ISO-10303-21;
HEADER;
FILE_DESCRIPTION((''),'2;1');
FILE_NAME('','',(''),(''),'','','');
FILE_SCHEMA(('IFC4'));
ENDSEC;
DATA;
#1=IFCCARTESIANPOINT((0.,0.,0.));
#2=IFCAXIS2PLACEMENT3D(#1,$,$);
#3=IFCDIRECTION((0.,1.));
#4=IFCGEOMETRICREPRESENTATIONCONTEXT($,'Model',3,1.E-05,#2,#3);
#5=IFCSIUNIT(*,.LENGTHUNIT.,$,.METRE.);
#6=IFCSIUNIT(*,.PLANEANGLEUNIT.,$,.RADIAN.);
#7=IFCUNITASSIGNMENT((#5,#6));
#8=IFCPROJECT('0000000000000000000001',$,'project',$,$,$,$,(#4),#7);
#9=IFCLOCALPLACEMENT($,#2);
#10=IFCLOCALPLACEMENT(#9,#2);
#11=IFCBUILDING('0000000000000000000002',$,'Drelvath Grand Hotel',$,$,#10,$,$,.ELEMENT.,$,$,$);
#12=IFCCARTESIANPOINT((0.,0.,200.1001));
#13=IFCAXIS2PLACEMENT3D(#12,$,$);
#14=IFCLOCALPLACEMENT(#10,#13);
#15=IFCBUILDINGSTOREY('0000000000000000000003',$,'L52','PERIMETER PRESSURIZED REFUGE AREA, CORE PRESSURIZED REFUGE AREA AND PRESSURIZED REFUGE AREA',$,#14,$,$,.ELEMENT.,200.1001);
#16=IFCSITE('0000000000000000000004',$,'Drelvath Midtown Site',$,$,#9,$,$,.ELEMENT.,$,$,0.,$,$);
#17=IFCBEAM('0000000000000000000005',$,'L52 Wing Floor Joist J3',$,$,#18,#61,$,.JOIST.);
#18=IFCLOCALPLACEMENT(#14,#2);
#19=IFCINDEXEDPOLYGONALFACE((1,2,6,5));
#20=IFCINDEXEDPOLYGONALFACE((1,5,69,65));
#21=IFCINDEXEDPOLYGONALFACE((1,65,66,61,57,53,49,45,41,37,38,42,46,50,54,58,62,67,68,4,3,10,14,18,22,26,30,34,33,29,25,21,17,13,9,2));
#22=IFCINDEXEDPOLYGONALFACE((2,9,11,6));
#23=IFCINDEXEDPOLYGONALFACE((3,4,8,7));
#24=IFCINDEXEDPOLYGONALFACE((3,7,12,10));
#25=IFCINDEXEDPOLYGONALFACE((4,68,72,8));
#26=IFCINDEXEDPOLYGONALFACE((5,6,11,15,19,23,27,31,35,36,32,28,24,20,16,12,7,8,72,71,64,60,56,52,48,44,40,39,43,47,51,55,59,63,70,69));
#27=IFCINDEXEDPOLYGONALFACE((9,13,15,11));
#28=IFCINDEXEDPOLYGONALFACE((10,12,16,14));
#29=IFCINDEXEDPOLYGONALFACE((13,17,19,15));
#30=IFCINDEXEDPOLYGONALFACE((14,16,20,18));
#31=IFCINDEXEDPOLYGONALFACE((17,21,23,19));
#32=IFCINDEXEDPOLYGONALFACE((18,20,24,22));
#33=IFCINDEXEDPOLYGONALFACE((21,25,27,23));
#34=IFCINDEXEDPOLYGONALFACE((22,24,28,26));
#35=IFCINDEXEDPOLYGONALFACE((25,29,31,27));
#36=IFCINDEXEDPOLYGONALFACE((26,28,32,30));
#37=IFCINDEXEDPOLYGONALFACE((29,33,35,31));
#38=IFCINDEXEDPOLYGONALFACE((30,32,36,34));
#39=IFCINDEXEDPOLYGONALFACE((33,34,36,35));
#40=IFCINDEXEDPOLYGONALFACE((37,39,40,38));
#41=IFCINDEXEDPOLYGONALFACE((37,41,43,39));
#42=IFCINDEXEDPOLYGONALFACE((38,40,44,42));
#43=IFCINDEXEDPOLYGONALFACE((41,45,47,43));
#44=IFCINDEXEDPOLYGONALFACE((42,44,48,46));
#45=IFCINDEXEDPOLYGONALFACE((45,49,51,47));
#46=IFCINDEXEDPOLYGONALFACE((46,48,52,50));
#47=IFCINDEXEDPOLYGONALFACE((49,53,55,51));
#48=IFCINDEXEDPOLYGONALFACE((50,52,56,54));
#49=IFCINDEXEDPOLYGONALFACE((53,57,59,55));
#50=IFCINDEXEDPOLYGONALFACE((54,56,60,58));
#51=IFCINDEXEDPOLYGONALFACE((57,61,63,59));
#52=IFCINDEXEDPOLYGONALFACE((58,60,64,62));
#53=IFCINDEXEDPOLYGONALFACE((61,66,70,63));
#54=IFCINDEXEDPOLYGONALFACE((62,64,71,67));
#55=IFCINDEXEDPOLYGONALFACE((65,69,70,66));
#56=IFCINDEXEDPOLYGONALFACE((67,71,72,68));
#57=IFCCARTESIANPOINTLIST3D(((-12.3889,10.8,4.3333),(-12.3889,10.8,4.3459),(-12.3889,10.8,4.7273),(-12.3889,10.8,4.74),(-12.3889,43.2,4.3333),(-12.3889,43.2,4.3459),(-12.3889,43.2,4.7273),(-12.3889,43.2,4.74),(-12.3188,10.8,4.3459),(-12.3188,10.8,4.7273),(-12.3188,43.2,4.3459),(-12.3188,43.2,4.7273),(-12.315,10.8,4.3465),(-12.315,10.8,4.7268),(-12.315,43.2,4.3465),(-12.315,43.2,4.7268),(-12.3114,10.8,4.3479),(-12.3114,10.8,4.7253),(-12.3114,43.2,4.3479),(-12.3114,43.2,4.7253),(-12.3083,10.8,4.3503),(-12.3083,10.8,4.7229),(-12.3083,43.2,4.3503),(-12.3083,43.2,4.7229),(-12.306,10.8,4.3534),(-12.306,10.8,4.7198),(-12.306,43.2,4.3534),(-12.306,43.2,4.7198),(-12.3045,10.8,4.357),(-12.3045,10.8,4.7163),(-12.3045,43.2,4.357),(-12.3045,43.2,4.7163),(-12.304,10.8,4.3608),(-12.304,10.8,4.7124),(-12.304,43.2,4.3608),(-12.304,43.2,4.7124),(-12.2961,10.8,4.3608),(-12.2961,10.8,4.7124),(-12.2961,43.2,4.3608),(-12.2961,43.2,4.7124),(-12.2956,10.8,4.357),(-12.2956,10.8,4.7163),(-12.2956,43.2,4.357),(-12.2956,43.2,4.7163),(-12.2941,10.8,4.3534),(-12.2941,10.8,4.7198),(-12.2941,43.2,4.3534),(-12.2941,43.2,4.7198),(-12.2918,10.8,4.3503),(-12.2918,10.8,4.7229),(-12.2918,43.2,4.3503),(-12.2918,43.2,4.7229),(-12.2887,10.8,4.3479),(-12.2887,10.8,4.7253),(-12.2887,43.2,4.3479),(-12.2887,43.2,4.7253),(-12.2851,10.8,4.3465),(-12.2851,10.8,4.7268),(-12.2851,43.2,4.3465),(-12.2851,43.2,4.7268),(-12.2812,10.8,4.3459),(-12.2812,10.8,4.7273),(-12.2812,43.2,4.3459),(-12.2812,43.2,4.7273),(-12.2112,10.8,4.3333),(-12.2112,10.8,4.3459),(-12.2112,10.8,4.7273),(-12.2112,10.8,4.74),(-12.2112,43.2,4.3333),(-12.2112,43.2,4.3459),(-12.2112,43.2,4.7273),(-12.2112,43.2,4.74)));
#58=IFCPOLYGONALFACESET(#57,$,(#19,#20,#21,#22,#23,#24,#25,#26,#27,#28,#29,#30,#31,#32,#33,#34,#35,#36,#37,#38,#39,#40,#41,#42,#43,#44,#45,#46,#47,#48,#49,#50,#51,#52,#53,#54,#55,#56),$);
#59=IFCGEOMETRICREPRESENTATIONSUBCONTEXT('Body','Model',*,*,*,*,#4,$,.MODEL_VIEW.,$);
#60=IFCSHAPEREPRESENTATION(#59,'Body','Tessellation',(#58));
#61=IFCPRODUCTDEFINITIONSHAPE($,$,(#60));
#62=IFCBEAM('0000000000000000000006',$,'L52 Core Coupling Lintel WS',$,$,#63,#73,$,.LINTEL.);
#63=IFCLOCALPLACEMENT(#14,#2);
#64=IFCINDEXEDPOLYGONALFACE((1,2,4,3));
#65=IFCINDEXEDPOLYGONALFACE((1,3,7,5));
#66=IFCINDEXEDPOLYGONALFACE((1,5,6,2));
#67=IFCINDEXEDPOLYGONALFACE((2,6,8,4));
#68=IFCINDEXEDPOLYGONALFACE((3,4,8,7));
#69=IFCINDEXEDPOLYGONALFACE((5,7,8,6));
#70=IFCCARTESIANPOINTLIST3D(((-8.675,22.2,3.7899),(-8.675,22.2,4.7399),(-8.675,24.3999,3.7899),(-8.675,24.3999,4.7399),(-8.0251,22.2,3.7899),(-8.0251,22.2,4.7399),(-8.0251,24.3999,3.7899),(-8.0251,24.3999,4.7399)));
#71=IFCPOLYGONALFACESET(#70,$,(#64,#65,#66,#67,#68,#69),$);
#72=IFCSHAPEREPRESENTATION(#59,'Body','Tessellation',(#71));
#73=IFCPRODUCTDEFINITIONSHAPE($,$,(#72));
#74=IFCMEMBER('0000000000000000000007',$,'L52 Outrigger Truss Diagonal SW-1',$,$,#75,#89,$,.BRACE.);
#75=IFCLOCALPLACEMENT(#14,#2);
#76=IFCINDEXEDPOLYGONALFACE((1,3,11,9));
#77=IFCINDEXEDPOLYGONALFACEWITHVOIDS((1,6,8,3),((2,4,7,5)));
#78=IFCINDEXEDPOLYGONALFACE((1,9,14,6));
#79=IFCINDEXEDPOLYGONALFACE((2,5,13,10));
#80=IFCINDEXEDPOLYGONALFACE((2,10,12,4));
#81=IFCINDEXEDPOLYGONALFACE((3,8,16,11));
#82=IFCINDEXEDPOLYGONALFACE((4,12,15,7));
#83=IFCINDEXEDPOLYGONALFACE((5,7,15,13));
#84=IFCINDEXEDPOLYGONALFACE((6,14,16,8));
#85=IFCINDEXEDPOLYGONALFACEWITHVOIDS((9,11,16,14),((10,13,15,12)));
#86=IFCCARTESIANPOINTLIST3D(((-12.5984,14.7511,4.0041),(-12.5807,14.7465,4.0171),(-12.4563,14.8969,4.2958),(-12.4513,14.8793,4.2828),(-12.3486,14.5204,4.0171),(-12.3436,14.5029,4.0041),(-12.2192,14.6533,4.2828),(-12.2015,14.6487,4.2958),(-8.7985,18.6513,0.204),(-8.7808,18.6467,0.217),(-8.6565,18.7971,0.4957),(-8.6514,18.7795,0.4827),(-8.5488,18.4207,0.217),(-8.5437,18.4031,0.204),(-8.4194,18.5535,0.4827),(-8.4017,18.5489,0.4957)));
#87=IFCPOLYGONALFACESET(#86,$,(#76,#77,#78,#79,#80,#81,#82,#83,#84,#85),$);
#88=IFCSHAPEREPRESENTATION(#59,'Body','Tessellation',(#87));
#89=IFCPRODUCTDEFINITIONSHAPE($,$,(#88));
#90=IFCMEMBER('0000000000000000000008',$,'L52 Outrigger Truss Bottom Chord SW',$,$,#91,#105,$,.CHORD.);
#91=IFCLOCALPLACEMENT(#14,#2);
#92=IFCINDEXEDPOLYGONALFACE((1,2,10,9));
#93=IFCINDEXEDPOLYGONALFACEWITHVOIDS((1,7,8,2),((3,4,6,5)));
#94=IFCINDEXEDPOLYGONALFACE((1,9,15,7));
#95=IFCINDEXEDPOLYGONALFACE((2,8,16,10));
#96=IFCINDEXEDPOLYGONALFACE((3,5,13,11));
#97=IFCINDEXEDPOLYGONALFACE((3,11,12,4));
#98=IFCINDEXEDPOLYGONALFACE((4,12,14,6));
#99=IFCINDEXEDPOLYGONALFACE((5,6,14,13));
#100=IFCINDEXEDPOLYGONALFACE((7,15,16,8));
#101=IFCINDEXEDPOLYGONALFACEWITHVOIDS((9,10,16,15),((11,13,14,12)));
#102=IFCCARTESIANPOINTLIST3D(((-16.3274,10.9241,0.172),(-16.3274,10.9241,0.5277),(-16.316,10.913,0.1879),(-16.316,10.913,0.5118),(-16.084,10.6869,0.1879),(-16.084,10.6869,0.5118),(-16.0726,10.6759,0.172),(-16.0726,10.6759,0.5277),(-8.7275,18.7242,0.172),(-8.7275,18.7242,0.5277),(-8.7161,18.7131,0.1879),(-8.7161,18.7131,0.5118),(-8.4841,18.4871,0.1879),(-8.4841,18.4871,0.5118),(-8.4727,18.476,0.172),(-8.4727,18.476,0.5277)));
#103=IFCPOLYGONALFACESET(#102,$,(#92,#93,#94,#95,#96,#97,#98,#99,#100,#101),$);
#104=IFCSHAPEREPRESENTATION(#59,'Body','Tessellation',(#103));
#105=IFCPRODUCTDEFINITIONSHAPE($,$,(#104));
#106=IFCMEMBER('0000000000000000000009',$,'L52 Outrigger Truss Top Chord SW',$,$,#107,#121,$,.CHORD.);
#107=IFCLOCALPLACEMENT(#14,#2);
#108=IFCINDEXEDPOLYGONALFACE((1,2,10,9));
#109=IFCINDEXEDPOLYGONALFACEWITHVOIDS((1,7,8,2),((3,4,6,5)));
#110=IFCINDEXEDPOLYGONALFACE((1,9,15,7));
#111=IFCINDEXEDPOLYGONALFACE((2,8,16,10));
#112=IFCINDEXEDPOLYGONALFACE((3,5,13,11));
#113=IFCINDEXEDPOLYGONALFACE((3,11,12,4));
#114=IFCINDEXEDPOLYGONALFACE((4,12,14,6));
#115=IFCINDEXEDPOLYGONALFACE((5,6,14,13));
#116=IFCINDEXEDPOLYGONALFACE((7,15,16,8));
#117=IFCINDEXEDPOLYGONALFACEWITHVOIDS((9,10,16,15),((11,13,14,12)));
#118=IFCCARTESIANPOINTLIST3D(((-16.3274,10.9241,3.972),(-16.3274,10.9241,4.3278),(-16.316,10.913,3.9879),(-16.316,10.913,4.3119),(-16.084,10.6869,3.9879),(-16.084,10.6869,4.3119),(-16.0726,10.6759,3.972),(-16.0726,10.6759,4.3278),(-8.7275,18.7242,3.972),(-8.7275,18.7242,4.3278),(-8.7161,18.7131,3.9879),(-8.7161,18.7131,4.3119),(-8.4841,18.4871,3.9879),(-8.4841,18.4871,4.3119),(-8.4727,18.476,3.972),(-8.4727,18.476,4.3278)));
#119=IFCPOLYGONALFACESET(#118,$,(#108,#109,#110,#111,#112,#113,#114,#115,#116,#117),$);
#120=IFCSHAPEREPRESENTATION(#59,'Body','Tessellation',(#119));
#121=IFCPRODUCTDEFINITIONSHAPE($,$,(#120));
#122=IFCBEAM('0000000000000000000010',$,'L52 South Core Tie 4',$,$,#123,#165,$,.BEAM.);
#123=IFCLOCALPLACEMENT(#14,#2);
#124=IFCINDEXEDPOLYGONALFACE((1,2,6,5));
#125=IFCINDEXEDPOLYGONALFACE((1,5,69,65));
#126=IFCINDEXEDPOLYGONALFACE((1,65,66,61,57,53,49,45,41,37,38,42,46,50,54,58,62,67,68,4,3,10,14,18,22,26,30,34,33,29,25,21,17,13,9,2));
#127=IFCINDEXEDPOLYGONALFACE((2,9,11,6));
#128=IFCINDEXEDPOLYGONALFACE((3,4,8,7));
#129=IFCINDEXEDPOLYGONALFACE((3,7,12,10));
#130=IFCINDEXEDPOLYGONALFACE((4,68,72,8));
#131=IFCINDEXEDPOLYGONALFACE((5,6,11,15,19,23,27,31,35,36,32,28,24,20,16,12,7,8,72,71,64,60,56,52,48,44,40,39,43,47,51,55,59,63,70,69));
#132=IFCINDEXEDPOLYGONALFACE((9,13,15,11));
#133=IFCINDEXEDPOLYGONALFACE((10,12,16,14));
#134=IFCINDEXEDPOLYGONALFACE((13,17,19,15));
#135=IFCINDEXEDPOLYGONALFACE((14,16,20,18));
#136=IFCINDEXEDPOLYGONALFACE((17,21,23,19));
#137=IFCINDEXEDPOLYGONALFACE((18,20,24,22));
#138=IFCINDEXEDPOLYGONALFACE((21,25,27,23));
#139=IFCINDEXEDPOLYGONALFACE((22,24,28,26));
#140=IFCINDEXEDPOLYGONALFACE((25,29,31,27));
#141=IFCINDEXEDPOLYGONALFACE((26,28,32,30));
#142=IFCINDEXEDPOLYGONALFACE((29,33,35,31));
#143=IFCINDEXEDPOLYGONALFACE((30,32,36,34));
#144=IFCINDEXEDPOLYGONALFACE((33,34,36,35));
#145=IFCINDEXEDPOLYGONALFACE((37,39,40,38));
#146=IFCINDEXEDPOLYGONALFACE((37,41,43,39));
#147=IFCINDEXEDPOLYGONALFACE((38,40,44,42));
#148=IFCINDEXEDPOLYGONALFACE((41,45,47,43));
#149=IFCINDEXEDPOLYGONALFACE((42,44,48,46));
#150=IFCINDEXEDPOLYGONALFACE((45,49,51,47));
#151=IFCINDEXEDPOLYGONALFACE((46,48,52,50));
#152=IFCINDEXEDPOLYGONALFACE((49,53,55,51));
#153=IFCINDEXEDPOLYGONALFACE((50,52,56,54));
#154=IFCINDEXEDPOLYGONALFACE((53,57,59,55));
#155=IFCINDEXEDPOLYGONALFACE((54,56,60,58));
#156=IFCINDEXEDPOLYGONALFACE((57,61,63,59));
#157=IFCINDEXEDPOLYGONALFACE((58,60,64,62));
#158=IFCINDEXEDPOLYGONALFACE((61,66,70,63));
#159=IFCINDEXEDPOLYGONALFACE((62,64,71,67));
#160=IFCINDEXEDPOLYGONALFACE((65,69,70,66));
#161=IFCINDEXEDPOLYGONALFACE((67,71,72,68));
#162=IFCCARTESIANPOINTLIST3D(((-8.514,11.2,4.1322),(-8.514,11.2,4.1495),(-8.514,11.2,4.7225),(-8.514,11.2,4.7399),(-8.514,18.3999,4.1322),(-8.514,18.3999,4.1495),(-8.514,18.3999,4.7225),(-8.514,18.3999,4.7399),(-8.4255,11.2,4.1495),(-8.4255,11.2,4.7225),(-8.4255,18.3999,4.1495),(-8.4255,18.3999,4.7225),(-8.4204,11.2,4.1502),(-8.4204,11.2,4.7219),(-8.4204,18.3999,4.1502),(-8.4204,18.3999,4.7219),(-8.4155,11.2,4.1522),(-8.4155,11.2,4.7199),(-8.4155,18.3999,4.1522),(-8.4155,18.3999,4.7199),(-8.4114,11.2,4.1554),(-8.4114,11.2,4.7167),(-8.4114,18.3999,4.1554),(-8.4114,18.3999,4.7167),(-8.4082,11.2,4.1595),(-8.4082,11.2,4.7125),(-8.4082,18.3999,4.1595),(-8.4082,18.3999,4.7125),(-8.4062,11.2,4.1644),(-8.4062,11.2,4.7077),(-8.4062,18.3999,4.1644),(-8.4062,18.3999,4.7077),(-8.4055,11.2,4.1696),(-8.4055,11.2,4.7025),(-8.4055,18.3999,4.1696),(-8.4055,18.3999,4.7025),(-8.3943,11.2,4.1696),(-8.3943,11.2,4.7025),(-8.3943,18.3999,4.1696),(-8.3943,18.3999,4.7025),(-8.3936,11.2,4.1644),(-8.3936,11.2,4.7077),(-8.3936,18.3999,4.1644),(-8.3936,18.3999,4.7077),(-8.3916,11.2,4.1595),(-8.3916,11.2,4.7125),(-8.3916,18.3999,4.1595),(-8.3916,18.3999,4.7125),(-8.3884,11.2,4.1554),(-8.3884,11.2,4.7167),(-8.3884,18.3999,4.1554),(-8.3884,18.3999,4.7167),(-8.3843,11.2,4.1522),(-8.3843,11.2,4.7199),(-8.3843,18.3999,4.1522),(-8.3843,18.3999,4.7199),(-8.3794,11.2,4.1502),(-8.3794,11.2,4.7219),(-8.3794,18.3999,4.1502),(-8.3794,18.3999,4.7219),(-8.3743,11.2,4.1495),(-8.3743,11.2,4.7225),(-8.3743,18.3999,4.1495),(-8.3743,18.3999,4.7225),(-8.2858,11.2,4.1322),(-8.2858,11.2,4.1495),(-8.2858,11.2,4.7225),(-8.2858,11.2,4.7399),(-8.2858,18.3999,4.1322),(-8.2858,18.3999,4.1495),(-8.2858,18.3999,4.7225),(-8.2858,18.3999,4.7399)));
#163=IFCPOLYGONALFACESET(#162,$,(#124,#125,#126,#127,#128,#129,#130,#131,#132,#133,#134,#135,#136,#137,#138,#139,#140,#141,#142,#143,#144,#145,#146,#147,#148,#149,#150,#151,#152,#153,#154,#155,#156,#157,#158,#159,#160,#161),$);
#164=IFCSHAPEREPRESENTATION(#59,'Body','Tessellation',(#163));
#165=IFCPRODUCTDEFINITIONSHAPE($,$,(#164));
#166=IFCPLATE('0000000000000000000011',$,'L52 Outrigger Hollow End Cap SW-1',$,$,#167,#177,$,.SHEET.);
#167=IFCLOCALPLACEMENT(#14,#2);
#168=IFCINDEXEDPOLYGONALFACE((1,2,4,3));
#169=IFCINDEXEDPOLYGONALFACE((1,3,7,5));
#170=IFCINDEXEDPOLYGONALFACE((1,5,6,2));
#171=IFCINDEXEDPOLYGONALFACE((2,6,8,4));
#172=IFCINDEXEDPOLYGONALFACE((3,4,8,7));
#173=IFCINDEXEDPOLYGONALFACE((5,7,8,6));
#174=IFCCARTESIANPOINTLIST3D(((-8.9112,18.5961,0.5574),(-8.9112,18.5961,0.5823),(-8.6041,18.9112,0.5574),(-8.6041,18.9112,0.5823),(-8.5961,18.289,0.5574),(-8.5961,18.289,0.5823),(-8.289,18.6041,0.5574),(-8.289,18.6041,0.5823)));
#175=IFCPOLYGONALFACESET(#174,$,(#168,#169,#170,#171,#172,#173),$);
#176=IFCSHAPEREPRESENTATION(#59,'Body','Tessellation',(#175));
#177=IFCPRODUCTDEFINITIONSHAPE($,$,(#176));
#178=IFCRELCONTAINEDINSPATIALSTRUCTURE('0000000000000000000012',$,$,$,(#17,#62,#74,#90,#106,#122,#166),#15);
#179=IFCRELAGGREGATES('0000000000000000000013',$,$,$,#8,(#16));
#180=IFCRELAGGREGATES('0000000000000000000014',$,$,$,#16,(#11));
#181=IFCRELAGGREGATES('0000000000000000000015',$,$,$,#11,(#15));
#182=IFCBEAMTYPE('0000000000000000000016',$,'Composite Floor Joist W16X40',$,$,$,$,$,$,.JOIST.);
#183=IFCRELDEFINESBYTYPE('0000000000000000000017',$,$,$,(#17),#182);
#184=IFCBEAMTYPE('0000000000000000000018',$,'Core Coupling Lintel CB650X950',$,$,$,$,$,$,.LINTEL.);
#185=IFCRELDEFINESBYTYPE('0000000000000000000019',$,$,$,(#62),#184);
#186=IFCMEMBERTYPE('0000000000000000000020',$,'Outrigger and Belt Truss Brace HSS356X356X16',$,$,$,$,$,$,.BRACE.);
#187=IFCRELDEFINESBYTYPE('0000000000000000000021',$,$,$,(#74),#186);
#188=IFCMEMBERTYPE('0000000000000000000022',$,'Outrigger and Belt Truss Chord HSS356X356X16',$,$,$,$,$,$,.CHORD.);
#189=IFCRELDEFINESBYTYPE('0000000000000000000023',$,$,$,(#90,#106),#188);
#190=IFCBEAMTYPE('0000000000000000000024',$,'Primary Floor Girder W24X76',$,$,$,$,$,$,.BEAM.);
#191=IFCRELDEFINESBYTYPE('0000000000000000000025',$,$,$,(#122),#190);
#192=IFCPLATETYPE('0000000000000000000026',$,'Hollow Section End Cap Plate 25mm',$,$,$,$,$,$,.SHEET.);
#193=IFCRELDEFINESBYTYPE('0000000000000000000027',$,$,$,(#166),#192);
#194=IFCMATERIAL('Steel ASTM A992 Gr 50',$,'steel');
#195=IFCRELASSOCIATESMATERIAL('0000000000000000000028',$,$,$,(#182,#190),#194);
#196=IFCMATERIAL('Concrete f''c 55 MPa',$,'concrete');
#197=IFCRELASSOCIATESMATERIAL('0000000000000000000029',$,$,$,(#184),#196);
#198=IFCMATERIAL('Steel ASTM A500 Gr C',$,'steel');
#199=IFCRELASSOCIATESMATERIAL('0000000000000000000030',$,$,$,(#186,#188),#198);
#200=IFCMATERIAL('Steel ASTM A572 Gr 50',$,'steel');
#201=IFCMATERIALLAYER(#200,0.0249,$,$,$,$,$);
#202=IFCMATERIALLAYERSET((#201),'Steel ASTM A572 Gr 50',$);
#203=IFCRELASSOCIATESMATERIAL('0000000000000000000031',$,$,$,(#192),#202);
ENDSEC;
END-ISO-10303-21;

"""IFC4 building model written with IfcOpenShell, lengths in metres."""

from ifc_helpers import new_model, si_unit, direction, frame, origin, origin_2d, place, context, subcontext, project, spatial, rectangle, hollow_rectangle, i_section, extrude, material, layer, layer_set, material_profile, profile_set, type_object, element, save


model = new_model("IFC4")

# Units and contexts
model_context = context("Model", 3, precision=1e-05, world=origin(), true_north=direction((0.0, 1.0)))
body_context = subcontext(model_context, "Body", "Model", "MODEL_VIEW")
ifc_project = project(units=[si_unit("LENGTHUNIT", "METRE"), si_unit("PLANEANGLEUNIT", "RADIAN")], contexts=[model_context])

# Site, building, storey
site_placement = place(None, origin())
site = spatial("IfcSite", under=ifc_project, at=site_placement, Name="Drelvath Midtown Site", CompositionType="ELEMENT", RefElevation=0.0)
building_placement = place(site_placement, origin())
building = spatial("IfcBuilding", under=site, at=building_placement, Name="Drelvath Grand Hotel", CompositionType="ELEMENT")
storey_placement = place(building_placement, frame((0.0, 0.0, 200.1001)))
storey = spatial("IfcBuildingStorey", under=building, at=storey_placement, Name="L52", Description="PERIMETER PRESSURIZED REFUGE AREA, CORE PRESSURIZED REFUGE AREA AND PRESSURIZED REFUGE AREA", CompositionType="ELEMENT", Elevation=200.1001)

# Beams
ifc_material_1 = material(Name="Steel ASTM A992 Gr 50", Category="steel")
ifc_material_profile_1 = material_profile(ifc_material_1, i_section(OverallWidth=0.1777, OverallDepth=0.4067, WebThickness=0.0078, FlangeThickness=0.0127, FilletRadius=0.0149, at=origin_2d()), Name="W16X40")
ifc_profile_set_1 = profile_set([ifc_material_profile_1], Name="Steel ASTM A992 Gr 50")
beam_type_1 = type_object("IfcBeamType", Name="Composite Floor Joist W16X40", PredefinedType="JOIST", material=ifc_profile_set_1)
beam_1_placement = place(storey_placement, frame((-12.3, 10.8, 4.5366), z_axis=(0.0, 1.0, 0.0), x_axis=(-1.0, 0.0, 0.0)))
element("IfcBeam", 1, at=beam_1_placement, inside=storey, type_object=beam_type_1, Name="L52 Wing Floor Joist J3", PredefinedType="JOIST", context=body_context, shape_type="SweptSolid", body=[
    extrude(i_section(OverallWidth=0.1777, OverallDepth=0.4067, WebThickness=0.0078, FlangeThickness=0.0127, FilletRadius=0.0149, at=origin_2d()), origin(), (0.0, 0.0, 1.0), 32.3999),
])
ifc_material_2 = material(Name="Concrete f'c 55 MPa", Category="concrete")
ifc_material_profile_2 = material_profile(ifc_material_2, rectangle(XDim=0.6499, YDim=0.95, at=origin_2d()), Name="CB650X950")
ifc_profile_set_2 = profile_set([ifc_material_profile_2], Name="Concrete f'c 55 MPa")
beam_type_2 = type_object("IfcBeamType", Name="Core Coupling Lintel CB650X950", PredefinedType="LINTEL", material=ifc_profile_set_2)
beam_2_placement = place(storey_placement, frame((-8.3501, 22.2, 4.2649), z_axis=(0.0, 1.0, 0.0), x_axis=(-1.0, 0.0, 0.0)))
element("IfcBeam", 2, at=beam_2_placement, inside=storey, type_object=beam_type_2, Name="L52 Core Coupling Lintel WS", PredefinedType="LINTEL", context=body_context, shape_type="SweptSolid", body=[
    extrude(rectangle(XDim=0.6499, YDim=0.95, at=origin_2d()), origin(), (0.0, 0.0, 1.0), 2.2),
])

# Members
ifc_material_3 = material(Name="Steel ASTM A500 Gr C", Category="steel")
ifc_material_profile_3 = material_profile(ifc_material_3, hollow_rectangle(XDim=0.3557, YDim=0.3557, WallThickness=0.0159, at=origin_2d()), Name="HSS356X356X16")
ifc_profile_set_3 = profile_set([ifc_material_profile_3], Name="Steel ASTM A500 Gr C")
member_type_1 = type_object("IfcMemberType", Name="Outrigger and Belt Truss Brace HSS356X356X16", PredefinedType="BRACE", material=ifc_profile_set_3)
member_placement = place(storey_placement, frame((-8.6001, 18.6001, 0.3499), z_axis=(-0.572257, -0.587369, 0.572294), x_axis=(0.716261, -0.697833, 0.0)))
element("IfcMember", 3, at=member_placement, inside=storey, type_object=member_type_1, Name="L52 Outrigger Truss Diagonal SW-1", PredefinedType="BRACE", context=body_context, shape_type="SweptSolid", body=[
    extrude(hollow_rectangle(XDim=0.3557, YDim=0.3557, WallThickness=0.0159, at=origin_2d()), origin(), (0.0, 0.0, 1.0), 6.6401),
])
ifc_material_profile_4 = material_profile(ifc_material_3, hollow_rectangle(XDim=0.3557, YDim=0.3557, WallThickness=0.0159, at=origin_2d()), Name="HSS356X356X16")
ifc_profile_set_4 = profile_set([ifc_material_profile_4], Name="Steel ASTM A500 Gr C")
member_type_2 = type_object("IfcMemberType", Name="Outrigger and Belt Truss Chord HSS356X356X16", PredefinedType="CHORD", material=ifc_profile_set_4)
for number, where, z_axis, x_axis, name in (
    (4, (-8.6001, 18.6001, 0.3499), (-0.697856, -0.716238, 0.0), (0.716238, -0.697856, 0.0), "L52 Outrigger Truss Bottom Chord SW"),
    (5, (-8.6001, 18.6001, 4.1499), (-0.697856, -0.716238, 0.0), (0.716238, -0.697856, 0.0), "L52 Outrigger Truss Top Chord SW"),
):
    element("IfcMember", number, at=place(storey_placement, frame(where, z_axis=z_axis, x_axis=x_axis)), inside=storey, type_object=member_type_2, Name=name, PredefinedType="CHORD", context=body_context, shape_type="SweptSolid", body=[
        extrude(hollow_rectangle(XDim=0.3557, YDim=0.3557, WallThickness=0.0159, at=origin_2d()), origin(), (0.0, 0.0, 1.0), 10.8904),
    ])

# Beam
ifc_material_profile_5 = material_profile(ifc_material_1, i_section(OverallWidth=0.2283, OverallDepth=0.6077, WebThickness=0.0112, FlangeThickness=0.0173, FilletRadius=0.02, at=origin_2d()), Name="W24X76")
ifc_profile_set_5 = profile_set([ifc_material_profile_5], Name="Steel ASTM A992 Gr 50")
beam_type_3 = type_object("IfcBeamType", Name="Primary Floor Girder W24X76", PredefinedType="BEAM", material=ifc_profile_set_5)
beam_3_placement = place(storey_placement, frame((-8.3999, 11.2, 4.436), z_axis=(0.0, 1.0, 0.0), x_axis=(-1.0, 0.0, 0.0)))
element("IfcBeam", 6, at=beam_3_placement, inside=storey, type_object=beam_type_3, Name="L52 South Core Tie 4", PredefinedType="BEAM", context=body_context, shape_type="SweptSolid", body=[
    extrude(i_section(OverallWidth=0.2283, OverallDepth=0.6077, WebThickness=0.0112, FlangeThickness=0.0173, FilletRadius=0.02, at=origin_2d()), origin(), (0.0, 0.0, 1.0), 7.2),
])

# Plate
ifc_material_4 = material(Name="Steel ASTM A572 Gr 50", Category="steel")
ifc_layer_1 = layer(ifc_material_4, 0.0249)
ifc_layer_set_1 = layer_set([ifc_layer_1], Name="Steel ASTM A572 Gr 50")
plate_type_1 = type_object("IfcPlateType", Name="Hollow Section End Cap Plate 25mm", PredefinedType="SHEET", material=ifc_layer_set_1)
plate_1_placement = place(storey_placement, frame((-8.6001, 18.6001, 0.5574), z_axis=(0.0, 0.0, 1.0), x_axis=(-0.697865, -0.71623, 0.0)))
element("IfcPlate", 7, at=plate_1_placement, inside=storey, type_object=plate_type_1, Name="L52 Outrigger Hollow End Cap SW-1", PredefinedType="SHEET", context=body_context, shape_type="SweptSolid", body=[
    extrude(rectangle(XDim=0.4399, YDim=0.4399, at=origin_2d()), origin(), (0.0, 0.0, 1.0), 0.0249),
])

save(model, "model.ifc")
